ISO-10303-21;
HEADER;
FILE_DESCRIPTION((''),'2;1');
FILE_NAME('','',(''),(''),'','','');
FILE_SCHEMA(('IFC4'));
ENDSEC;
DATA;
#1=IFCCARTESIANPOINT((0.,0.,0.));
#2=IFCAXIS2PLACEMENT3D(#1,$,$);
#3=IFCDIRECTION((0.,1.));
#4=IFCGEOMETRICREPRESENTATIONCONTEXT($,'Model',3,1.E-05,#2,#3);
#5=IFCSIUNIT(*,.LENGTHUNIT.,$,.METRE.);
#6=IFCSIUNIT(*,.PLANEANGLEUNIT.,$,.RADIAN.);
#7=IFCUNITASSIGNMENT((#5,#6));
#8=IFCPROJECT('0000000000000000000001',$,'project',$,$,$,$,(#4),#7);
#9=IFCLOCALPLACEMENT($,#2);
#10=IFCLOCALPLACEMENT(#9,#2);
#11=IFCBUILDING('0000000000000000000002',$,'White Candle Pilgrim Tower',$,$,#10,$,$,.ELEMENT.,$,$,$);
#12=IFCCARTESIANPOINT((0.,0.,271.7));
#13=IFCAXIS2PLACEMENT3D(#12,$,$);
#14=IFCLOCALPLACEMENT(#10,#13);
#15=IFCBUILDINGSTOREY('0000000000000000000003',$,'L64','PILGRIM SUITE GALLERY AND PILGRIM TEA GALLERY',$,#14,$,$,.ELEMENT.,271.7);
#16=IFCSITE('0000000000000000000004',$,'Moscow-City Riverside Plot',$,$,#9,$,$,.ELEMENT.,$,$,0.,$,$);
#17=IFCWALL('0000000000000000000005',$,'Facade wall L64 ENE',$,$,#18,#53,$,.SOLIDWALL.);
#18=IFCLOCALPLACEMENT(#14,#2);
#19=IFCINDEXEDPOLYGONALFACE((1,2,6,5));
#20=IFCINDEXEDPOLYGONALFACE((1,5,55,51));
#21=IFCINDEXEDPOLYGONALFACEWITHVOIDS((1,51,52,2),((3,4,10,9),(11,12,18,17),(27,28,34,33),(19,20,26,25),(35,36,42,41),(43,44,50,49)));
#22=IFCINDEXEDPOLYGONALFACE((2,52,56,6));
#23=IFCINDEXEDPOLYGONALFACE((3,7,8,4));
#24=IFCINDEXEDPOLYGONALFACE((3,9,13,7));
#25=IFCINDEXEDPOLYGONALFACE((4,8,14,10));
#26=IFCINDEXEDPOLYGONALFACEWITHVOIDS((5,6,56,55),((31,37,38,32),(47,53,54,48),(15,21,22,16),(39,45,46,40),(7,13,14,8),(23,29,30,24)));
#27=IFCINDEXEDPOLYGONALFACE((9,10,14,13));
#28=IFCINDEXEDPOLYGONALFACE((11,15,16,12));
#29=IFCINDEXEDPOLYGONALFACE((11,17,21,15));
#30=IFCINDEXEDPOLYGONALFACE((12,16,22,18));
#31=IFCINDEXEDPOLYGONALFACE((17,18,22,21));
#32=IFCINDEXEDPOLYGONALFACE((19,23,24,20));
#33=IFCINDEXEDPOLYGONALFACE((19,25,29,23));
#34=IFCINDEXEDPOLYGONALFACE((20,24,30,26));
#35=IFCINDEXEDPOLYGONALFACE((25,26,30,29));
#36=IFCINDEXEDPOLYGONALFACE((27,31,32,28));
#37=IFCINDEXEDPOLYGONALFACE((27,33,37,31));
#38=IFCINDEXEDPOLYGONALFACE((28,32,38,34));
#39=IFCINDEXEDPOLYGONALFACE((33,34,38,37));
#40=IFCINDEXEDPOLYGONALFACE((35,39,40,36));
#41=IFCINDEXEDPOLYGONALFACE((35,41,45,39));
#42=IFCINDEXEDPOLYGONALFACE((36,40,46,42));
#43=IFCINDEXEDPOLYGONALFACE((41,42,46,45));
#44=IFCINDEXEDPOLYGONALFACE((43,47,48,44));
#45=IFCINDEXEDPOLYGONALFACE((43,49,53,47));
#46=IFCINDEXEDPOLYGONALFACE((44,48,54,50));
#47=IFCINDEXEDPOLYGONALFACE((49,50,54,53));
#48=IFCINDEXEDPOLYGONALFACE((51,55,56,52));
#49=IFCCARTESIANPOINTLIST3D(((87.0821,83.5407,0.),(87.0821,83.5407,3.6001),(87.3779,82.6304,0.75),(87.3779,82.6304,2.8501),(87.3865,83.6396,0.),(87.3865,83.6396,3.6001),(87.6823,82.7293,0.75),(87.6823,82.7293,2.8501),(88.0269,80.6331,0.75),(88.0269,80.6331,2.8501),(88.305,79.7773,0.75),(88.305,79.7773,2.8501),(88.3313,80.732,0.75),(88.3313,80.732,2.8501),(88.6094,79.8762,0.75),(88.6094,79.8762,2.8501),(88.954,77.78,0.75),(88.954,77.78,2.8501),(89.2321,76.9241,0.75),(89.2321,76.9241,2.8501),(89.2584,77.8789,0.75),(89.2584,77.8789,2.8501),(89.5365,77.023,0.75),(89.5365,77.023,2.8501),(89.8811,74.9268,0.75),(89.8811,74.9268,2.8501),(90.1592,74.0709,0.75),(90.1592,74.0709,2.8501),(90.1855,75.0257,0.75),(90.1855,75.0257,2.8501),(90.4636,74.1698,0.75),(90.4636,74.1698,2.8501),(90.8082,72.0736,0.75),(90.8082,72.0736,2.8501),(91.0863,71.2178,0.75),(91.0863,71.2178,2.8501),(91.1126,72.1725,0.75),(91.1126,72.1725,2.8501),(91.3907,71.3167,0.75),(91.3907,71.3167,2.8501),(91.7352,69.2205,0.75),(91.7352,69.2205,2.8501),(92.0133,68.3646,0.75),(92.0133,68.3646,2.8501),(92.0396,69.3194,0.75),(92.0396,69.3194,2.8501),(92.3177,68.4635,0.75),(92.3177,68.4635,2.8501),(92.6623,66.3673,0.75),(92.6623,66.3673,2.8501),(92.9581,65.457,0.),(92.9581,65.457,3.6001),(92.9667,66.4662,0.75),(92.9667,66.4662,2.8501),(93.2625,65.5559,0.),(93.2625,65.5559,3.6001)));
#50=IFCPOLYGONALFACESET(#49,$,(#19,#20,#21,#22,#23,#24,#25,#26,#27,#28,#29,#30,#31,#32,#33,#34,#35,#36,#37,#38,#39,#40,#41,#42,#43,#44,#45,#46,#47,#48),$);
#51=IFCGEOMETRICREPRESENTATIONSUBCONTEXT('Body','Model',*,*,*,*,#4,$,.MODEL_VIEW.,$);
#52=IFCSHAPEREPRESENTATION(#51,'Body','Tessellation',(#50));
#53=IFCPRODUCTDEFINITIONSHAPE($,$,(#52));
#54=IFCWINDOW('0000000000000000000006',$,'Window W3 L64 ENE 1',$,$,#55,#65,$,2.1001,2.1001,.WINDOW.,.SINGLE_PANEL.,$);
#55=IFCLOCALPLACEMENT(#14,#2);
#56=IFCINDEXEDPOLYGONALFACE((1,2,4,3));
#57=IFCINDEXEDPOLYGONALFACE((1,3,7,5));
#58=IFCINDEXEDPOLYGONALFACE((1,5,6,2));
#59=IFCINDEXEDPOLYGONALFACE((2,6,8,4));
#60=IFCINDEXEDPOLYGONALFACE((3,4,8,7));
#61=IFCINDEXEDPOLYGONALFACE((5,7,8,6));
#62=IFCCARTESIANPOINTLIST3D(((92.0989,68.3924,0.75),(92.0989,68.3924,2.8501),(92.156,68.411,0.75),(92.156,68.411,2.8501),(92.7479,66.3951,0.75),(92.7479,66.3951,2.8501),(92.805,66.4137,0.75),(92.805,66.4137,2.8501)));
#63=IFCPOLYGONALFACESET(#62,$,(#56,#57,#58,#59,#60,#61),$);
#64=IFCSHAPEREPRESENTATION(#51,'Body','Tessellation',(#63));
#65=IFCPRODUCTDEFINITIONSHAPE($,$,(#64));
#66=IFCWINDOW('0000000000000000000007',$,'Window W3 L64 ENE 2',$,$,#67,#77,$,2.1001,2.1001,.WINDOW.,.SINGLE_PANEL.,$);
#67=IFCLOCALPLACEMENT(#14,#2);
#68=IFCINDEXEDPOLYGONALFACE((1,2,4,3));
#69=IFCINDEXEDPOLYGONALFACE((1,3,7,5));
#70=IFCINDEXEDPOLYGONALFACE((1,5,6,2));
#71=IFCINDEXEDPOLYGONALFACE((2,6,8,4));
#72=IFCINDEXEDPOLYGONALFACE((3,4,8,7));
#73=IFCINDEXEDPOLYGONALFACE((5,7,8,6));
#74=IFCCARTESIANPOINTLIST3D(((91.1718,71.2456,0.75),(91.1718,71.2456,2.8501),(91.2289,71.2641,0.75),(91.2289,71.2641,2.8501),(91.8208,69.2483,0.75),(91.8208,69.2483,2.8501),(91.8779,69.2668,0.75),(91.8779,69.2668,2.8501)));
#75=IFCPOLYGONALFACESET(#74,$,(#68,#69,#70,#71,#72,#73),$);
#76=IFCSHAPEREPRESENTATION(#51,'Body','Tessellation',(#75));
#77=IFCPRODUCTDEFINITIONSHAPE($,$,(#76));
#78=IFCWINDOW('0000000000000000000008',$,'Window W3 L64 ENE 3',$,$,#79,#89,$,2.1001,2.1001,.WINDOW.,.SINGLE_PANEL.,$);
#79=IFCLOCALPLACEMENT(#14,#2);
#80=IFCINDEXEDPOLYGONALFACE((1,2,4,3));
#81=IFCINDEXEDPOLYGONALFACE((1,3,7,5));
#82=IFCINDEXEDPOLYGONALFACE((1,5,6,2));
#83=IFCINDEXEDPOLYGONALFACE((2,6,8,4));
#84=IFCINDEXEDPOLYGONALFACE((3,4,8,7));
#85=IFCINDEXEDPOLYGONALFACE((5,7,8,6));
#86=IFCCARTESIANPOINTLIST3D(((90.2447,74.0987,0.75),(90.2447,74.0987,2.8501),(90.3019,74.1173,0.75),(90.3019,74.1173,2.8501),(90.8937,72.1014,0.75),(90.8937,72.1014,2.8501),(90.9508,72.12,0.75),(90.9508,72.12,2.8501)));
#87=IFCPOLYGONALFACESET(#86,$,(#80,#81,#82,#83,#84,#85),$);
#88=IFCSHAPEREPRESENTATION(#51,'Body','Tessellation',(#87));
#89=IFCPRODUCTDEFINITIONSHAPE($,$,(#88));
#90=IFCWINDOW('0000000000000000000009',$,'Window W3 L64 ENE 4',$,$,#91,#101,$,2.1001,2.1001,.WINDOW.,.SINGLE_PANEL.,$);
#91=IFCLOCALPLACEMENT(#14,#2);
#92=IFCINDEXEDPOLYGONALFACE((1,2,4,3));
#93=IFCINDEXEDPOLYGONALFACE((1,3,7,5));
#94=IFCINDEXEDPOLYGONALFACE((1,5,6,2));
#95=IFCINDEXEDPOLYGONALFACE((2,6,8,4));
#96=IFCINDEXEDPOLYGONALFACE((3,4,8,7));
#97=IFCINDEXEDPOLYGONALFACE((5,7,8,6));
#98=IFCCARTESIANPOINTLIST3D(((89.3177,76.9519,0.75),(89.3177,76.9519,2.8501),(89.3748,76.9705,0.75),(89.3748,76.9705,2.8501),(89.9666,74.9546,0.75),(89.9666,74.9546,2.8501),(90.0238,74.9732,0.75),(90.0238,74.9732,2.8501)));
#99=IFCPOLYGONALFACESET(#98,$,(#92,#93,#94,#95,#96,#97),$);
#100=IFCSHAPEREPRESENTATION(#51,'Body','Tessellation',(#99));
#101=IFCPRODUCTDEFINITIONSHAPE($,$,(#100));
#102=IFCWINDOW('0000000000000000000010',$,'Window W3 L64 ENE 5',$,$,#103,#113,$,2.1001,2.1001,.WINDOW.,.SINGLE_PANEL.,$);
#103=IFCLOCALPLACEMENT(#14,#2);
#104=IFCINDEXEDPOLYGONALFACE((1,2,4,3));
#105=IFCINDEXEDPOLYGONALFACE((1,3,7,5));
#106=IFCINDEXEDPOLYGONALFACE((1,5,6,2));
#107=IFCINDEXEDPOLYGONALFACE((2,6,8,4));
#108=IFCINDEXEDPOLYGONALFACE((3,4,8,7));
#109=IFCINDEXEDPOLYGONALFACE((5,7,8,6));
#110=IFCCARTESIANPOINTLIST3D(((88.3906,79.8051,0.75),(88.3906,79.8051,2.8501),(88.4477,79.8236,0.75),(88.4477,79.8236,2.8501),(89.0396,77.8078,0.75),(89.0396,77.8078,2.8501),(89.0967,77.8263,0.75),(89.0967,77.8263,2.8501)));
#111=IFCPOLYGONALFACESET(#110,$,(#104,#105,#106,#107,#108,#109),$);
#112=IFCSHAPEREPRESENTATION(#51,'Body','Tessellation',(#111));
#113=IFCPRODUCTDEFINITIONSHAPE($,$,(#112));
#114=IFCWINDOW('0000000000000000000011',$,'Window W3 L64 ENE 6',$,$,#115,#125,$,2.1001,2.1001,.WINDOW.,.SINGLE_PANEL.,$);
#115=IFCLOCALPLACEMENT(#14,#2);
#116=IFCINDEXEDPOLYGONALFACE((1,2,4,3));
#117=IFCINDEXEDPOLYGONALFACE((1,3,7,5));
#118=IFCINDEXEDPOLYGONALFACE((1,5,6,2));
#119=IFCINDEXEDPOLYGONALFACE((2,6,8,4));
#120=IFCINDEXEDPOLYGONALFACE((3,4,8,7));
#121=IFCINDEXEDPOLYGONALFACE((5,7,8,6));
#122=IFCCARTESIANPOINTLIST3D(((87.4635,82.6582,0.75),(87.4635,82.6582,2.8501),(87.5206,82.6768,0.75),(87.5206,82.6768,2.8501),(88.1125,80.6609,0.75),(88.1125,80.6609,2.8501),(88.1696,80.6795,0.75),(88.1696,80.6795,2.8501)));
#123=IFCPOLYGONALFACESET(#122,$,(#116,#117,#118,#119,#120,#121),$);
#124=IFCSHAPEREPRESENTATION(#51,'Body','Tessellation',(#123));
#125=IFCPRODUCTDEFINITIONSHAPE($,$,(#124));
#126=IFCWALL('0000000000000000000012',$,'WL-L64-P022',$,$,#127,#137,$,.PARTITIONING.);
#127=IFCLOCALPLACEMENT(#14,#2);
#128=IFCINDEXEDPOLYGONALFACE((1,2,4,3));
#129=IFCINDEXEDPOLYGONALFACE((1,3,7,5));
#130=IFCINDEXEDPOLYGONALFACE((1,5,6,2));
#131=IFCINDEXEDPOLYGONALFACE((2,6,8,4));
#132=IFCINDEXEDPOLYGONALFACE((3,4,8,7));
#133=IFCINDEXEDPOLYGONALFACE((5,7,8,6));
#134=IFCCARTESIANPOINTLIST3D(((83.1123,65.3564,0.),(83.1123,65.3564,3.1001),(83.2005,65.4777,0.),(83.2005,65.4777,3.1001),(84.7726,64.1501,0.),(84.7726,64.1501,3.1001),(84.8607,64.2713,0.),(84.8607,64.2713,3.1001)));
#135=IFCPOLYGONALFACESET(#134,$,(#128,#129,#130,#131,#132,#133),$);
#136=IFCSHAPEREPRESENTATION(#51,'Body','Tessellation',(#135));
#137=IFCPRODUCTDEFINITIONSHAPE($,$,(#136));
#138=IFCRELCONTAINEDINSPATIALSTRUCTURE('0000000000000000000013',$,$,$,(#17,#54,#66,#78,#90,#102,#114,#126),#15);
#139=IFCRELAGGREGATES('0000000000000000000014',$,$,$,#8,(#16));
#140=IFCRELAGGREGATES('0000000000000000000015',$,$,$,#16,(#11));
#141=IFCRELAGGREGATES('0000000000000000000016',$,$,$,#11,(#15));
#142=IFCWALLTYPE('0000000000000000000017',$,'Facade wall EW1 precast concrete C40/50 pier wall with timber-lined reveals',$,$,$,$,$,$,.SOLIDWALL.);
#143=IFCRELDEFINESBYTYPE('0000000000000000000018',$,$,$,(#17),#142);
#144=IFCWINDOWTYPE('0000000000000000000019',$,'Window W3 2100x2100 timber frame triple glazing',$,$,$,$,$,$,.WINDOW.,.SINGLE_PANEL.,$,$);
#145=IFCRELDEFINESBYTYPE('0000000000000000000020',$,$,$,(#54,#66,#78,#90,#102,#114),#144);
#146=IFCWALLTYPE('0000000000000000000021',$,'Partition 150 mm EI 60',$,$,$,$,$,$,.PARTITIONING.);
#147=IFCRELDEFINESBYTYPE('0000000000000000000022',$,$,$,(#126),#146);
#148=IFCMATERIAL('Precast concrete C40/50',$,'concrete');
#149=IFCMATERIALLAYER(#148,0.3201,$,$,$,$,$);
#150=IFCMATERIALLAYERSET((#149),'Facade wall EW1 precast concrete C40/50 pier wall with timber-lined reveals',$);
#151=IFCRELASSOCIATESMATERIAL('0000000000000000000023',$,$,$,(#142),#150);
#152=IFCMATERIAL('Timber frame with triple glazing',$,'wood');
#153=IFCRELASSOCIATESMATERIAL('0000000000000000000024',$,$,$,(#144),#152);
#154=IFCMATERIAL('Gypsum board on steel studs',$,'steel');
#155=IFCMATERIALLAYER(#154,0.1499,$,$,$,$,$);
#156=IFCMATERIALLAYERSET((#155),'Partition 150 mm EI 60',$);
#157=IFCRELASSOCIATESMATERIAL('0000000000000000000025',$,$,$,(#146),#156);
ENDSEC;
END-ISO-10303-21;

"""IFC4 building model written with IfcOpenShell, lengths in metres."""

from ifc_helpers import new_model, si_unit, direction, frame, frame_2d, origin, place, context, subcontext, project, spatial, rectangle, extrude, material, layer, layer_set, type_object, element, fill, save


model = new_model("IFC4")

# Units and contexts
model_context = context("Model", 3, precision=1e-05, world=origin(), true_north=direction((0.0, 1.0)))
body_context = subcontext(model_context, "Body", "Model", "MODEL_VIEW")
ifc_project = project(units=[si_unit("LENGTHUNIT", "METRE"), si_unit("PLANEANGLEUNIT", "RADIAN")], contexts=[model_context])

# Site, building, storey
site_placement = place(None, origin())
site = spatial("IfcSite", under=ifc_project, at=site_placement, Name="Moscow-City Riverside Plot", CompositionType="ELEMENT", RefElevation=0.0)
building_placement = place(site_placement, origin())
building = spatial("IfcBuilding", under=site, at=building_placement, Name="White Candle Pilgrim Tower", CompositionType="ELEMENT")
storey_placement = place(building_placement, frame((0.0, 0.0, 271.7)))
storey = spatial("IfcBuildingStorey", under=building, at=storey_placement, Name="L64", Description="PILGRIM SUITE GALLERY AND PILGRIM TEA GALLERY", CompositionType="ELEMENT", Elevation=271.7)

# Shared definitions
ifc_material_1 = material(Name="Gypsum board on steel studs", Category="steel")

# Wall, openings, windows
ifc_material_2 = material(Name="Precast concrete C40/50", Category="concrete")
ifc_layer_1 = layer(ifc_material_2, 0.3201)
ifc_layer_set_1 = layer_set([ifc_layer_1], Name="Facade wall EW1 precast concrete C40/50 pier wall with timber-lined reveals")
wall_type_1 = type_object("IfcWallType", Name="Facade wall EW1 precast concrete C40/50 pier wall with timber-lined reveals", PredefinedType="SOLIDWALL", material=ifc_layer_set_1)
wall_1_placement = place(storey_placement, frame((93.1104, 65.5063, 0.0), z_axis=(0.0, 0.0, 1.0), x_axis=(-0.309027, 0.951053, 0.0)))
wall_1 = element("IfcWall", 1, at=wall_1_placement, inside=storey, type_object=wall_type_1, Name="Facade wall L64 ENE", PredefinedType="SOLIDWALL", context=body_context, shape_type="SweptSolid", body=[
    extrude(rectangle(XDim=19.0144, YDim=0.3201, at=frame_2d((9.5073, 0.0))), origin(), (0.0, 0.0, 1.0), 3.6001),
])
opening_1_placement = place(wall_1_placement, frame((0.9573, 0.0, 0.75)))
opening_1 = element("IfcOpeningElement", 2, at=opening_1_placement, cuts=wall_1, PredefinedType="OPENING", context=body_context, shape_type="SweptSolid", body=[
    extrude(rectangle(XDim=2.1001, YDim=2.1001, at=frame_2d((1.05, 1.05))), frame((0.0, 0.1699, 0.0), z_axis=(0.0, -1.0, 0.0), x_axis=(1.0, 0.0, 0.0)), (0.0, 0.0, 1.0), 0.3401),
])
opening_2_placement = place(wall_1_placement, frame((3.9573, 0.0, 0.75)))
opening_2 = element("IfcOpeningElement", 3, at=opening_2_placement, cuts=wall_1, PredefinedType="OPENING", context=body_context, shape_type="SweptSolid", body=[
    extrude(rectangle(XDim=2.1001, YDim=2.1001, at=frame_2d((1.05, 1.05))), frame((0.0, 0.1699, 0.0), z_axis=(0.0, -1.0, 0.0), x_axis=(1.0, 0.0, 0.0)), (0.0, 0.0, 1.0), 0.3401),
])
opening_3_placement = place(wall_1_placement, frame((6.9573, 0.0, 0.75)))
opening_3 = element("IfcOpeningElement", 4, at=opening_3_placement, cuts=wall_1, PredefinedType="OPENING", context=body_context, shape_type="SweptSolid", body=[
    extrude(rectangle(XDim=2.1001, YDim=2.1001, at=frame_2d((1.05, 1.05))), frame((0.0, 0.1699, 0.0), z_axis=(0.0, -1.0, 0.0), x_axis=(1.0, 0.0, 0.0)), (0.0, 0.0, 1.0), 0.3401),
])
opening_4_placement = place(wall_1_placement, frame((9.9573, 0.0, 0.75)))
opening_4 = element("IfcOpeningElement", 5, at=opening_4_placement, cuts=wall_1, PredefinedType="OPENING", context=body_context, shape_type="SweptSolid", body=[
    extrude(rectangle(XDim=2.1001, YDim=2.1001, at=frame_2d((1.05, 1.05))), frame((0.0, 0.1699, 0.0), z_axis=(0.0, -1.0, 0.0), x_axis=(1.0, 0.0, 0.0)), (0.0, 0.0, 1.0), 0.3401),
])
opening_5_placement = place(wall_1_placement, frame((12.9573, 0.0, 0.75)))
opening_5 = element("IfcOpeningElement", 6, at=opening_5_placement, cuts=wall_1, PredefinedType="OPENING", context=body_context, shape_type="SweptSolid", body=[
    extrude(rectangle(XDim=2.1001, YDim=2.1001, at=frame_2d((1.05, 1.05))), frame((0.0, 0.1699, 0.0), z_axis=(0.0, -1.0, 0.0), x_axis=(1.0, 0.0, 0.0)), (0.0, 0.0, 1.0), 0.3401),
])
opening_6_placement = place(wall_1_placement, frame((15.9573, 0.0, 0.75)))
opening_6 = element("IfcOpeningElement", 7, at=opening_6_placement, cuts=wall_1, PredefinedType="OPENING", context=body_context, shape_type="SweptSolid", body=[
    extrude(rectangle(XDim=2.1001, YDim=2.1001, at=frame_2d((1.05, 1.05))), frame((0.0, 0.1699, 0.0), z_axis=(0.0, -1.0, 0.0), x_axis=(1.0, 0.0, 0.0)), (0.0, 0.0, 1.0), 0.3401),
])
ifc_material_3 = material(Name="Timber frame with triple glazing", Category="wood")
window_type = type_object("IfcWindowType", Name="Window W3 2100x2100 timber frame triple glazing", PartitioningType="SINGLE_PANEL", PredefinedType="WINDOW", material=ifc_material_3)
window_1_placement = place(opening_1_placement, origin())
window_1 = element("IfcWindow", 8, at=window_1_placement, inside=storey, type_object=window_type, Name="Window W3 L64 ENE 1", OverallHeight=2.1001, OverallWidth=2.1001, PartitioningType="SINGLE_PANEL", PredefinedType="WINDOW", context=body_context, shape_type="SweptSolid", body=[
    extrude(rectangle(XDim=2.1001, YDim=2.1001, at=frame_2d((1.05, 1.05))), frame((0.0, 0.0701, 0.0), z_axis=(0.0, -1.0, 0.0), x_axis=(1.0, 0.0, 0.0)), (0.0, 0.0, 1.0), 0.0601),
])
fill(opening_1, window_1)
window_2_placement = place(opening_2_placement, origin())
window_2 = element("IfcWindow", 9, at=window_2_placement, inside=storey, type_object=window_type, Name="Window W3 L64 ENE 2", OverallHeight=2.1001, OverallWidth=2.1001, PartitioningType="SINGLE_PANEL", PredefinedType="WINDOW", context=body_context, shape_type="SweptSolid", body=[
    extrude(rectangle(XDim=2.1001, YDim=2.1001, at=frame_2d((1.05, 1.05))), frame((0.0, 0.0701, 0.0), z_axis=(0.0, -1.0, 0.0), x_axis=(1.0, 0.0, 0.0)), (0.0, 0.0, 1.0), 0.0601),
])
fill(opening_2, window_2)
window_3_placement = place(opening_3_placement, origin())
window_3 = element("IfcWindow", 10, at=window_3_placement, inside=storey, type_object=window_type, Name="Window W3 L64 ENE 3", OverallHeight=2.1001, OverallWidth=2.1001, PartitioningType="SINGLE_PANEL", PredefinedType="WINDOW", context=body_context, shape_type="SweptSolid", body=[
    extrude(rectangle(XDim=2.1001, YDim=2.1001, at=frame_2d((1.05, 1.05))), frame((0.0, 0.0701, 0.0), z_axis=(0.0, -1.0, 0.0), x_axis=(1.0, 0.0, 0.0)), (0.0, 0.0, 1.0), 0.0601),
])
fill(opening_3, window_3)
window_4_placement = place(opening_4_placement, origin())
window_4 = element("IfcWindow", 11, at=window_4_placement, inside=storey, type_object=window_type, Name="Window W3 L64 ENE 4", OverallHeight=2.1001, OverallWidth=2.1001, PartitioningType="SINGLE_PANEL", PredefinedType="WINDOW", context=body_context, shape_type="SweptSolid", body=[
    extrude(rectangle(XDim=2.1001, YDim=2.1001, at=frame_2d((1.05, 1.05))), frame((0.0, 0.0701, 0.0), z_axis=(0.0, -1.0, 0.0), x_axis=(1.0, 0.0, 0.0)), (0.0, 0.0, 1.0), 0.0601),
])
fill(opening_4, window_4)
window_5_placement = place(opening_5_placement, origin())
window_5 = element("IfcWindow", 12, at=window_5_placement, inside=storey, type_object=window_type, Name="Window W3 L64 ENE 5", OverallHeight=2.1001, OverallWidth=2.1001, PartitioningType="SINGLE_PANEL", PredefinedType="WINDOW", context=body_context, shape_type="SweptSolid", body=[
    extrude(rectangle(XDim=2.1001, YDim=2.1001, at=frame_2d((1.05, 1.05))), frame((0.0, 0.0701, 0.0), z_axis=(0.0, -1.0, 0.0), x_axis=(1.0, 0.0, 0.0)), (0.0, 0.0, 1.0), 0.0601),
])
fill(opening_5, window_5)
window_6_placement = place(opening_6_placement, origin())
window_6 = element("IfcWindow", 13, at=window_6_placement, inside=storey, type_object=window_type, Name="Window W3 L64 ENE 6", OverallHeight=2.1001, OverallWidth=2.1001, PartitioningType="SINGLE_PANEL", PredefinedType="WINDOW", context=body_context, shape_type="SweptSolid", body=[
    extrude(rectangle(XDim=2.1001, YDim=2.1001, at=frame_2d((1.05, 1.05))), frame((0.0, 0.0701, 0.0), z_axis=(0.0, -1.0, 0.0), x_axis=(1.0, 0.0, 0.0)), (0.0, 0.0, 1.0), 0.0601),
])
fill(opening_6, window_6)

# Wall
ifc_layer_2 = layer(ifc_material_1, 0.1499)
ifc_layer_set_2 = layer_set([ifc_layer_2], Name="Partition 150 mm EI 60")
wall_type_2 = type_object("IfcWallType", Name="Partition 150 mm EI 60", PredefinedType="PARTITIONING", material=ifc_layer_set_2)
wall_2_placement = place(storey_placement, frame((84.8167, 64.2107, 0.0), z_axis=(0.0, 0.0, 1.0), x_axis=(-0.808988, 0.587825, 0.0)))
element("IfcWall", 14, at=wall_2_placement, inside=storey, type_object=wall_type_2, Name="WL-L64-P022", PredefinedType="PARTITIONING", context=body_context, shape_type="SweptSolid", body=[
    extrude(rectangle(XDim=2.0522, YDim=0.1499, at=frame_2d((1.0261, 0.0))), origin(), (0.0, 0.0, 1.0), 3.1001),
])

save(model, "model.ifc")
